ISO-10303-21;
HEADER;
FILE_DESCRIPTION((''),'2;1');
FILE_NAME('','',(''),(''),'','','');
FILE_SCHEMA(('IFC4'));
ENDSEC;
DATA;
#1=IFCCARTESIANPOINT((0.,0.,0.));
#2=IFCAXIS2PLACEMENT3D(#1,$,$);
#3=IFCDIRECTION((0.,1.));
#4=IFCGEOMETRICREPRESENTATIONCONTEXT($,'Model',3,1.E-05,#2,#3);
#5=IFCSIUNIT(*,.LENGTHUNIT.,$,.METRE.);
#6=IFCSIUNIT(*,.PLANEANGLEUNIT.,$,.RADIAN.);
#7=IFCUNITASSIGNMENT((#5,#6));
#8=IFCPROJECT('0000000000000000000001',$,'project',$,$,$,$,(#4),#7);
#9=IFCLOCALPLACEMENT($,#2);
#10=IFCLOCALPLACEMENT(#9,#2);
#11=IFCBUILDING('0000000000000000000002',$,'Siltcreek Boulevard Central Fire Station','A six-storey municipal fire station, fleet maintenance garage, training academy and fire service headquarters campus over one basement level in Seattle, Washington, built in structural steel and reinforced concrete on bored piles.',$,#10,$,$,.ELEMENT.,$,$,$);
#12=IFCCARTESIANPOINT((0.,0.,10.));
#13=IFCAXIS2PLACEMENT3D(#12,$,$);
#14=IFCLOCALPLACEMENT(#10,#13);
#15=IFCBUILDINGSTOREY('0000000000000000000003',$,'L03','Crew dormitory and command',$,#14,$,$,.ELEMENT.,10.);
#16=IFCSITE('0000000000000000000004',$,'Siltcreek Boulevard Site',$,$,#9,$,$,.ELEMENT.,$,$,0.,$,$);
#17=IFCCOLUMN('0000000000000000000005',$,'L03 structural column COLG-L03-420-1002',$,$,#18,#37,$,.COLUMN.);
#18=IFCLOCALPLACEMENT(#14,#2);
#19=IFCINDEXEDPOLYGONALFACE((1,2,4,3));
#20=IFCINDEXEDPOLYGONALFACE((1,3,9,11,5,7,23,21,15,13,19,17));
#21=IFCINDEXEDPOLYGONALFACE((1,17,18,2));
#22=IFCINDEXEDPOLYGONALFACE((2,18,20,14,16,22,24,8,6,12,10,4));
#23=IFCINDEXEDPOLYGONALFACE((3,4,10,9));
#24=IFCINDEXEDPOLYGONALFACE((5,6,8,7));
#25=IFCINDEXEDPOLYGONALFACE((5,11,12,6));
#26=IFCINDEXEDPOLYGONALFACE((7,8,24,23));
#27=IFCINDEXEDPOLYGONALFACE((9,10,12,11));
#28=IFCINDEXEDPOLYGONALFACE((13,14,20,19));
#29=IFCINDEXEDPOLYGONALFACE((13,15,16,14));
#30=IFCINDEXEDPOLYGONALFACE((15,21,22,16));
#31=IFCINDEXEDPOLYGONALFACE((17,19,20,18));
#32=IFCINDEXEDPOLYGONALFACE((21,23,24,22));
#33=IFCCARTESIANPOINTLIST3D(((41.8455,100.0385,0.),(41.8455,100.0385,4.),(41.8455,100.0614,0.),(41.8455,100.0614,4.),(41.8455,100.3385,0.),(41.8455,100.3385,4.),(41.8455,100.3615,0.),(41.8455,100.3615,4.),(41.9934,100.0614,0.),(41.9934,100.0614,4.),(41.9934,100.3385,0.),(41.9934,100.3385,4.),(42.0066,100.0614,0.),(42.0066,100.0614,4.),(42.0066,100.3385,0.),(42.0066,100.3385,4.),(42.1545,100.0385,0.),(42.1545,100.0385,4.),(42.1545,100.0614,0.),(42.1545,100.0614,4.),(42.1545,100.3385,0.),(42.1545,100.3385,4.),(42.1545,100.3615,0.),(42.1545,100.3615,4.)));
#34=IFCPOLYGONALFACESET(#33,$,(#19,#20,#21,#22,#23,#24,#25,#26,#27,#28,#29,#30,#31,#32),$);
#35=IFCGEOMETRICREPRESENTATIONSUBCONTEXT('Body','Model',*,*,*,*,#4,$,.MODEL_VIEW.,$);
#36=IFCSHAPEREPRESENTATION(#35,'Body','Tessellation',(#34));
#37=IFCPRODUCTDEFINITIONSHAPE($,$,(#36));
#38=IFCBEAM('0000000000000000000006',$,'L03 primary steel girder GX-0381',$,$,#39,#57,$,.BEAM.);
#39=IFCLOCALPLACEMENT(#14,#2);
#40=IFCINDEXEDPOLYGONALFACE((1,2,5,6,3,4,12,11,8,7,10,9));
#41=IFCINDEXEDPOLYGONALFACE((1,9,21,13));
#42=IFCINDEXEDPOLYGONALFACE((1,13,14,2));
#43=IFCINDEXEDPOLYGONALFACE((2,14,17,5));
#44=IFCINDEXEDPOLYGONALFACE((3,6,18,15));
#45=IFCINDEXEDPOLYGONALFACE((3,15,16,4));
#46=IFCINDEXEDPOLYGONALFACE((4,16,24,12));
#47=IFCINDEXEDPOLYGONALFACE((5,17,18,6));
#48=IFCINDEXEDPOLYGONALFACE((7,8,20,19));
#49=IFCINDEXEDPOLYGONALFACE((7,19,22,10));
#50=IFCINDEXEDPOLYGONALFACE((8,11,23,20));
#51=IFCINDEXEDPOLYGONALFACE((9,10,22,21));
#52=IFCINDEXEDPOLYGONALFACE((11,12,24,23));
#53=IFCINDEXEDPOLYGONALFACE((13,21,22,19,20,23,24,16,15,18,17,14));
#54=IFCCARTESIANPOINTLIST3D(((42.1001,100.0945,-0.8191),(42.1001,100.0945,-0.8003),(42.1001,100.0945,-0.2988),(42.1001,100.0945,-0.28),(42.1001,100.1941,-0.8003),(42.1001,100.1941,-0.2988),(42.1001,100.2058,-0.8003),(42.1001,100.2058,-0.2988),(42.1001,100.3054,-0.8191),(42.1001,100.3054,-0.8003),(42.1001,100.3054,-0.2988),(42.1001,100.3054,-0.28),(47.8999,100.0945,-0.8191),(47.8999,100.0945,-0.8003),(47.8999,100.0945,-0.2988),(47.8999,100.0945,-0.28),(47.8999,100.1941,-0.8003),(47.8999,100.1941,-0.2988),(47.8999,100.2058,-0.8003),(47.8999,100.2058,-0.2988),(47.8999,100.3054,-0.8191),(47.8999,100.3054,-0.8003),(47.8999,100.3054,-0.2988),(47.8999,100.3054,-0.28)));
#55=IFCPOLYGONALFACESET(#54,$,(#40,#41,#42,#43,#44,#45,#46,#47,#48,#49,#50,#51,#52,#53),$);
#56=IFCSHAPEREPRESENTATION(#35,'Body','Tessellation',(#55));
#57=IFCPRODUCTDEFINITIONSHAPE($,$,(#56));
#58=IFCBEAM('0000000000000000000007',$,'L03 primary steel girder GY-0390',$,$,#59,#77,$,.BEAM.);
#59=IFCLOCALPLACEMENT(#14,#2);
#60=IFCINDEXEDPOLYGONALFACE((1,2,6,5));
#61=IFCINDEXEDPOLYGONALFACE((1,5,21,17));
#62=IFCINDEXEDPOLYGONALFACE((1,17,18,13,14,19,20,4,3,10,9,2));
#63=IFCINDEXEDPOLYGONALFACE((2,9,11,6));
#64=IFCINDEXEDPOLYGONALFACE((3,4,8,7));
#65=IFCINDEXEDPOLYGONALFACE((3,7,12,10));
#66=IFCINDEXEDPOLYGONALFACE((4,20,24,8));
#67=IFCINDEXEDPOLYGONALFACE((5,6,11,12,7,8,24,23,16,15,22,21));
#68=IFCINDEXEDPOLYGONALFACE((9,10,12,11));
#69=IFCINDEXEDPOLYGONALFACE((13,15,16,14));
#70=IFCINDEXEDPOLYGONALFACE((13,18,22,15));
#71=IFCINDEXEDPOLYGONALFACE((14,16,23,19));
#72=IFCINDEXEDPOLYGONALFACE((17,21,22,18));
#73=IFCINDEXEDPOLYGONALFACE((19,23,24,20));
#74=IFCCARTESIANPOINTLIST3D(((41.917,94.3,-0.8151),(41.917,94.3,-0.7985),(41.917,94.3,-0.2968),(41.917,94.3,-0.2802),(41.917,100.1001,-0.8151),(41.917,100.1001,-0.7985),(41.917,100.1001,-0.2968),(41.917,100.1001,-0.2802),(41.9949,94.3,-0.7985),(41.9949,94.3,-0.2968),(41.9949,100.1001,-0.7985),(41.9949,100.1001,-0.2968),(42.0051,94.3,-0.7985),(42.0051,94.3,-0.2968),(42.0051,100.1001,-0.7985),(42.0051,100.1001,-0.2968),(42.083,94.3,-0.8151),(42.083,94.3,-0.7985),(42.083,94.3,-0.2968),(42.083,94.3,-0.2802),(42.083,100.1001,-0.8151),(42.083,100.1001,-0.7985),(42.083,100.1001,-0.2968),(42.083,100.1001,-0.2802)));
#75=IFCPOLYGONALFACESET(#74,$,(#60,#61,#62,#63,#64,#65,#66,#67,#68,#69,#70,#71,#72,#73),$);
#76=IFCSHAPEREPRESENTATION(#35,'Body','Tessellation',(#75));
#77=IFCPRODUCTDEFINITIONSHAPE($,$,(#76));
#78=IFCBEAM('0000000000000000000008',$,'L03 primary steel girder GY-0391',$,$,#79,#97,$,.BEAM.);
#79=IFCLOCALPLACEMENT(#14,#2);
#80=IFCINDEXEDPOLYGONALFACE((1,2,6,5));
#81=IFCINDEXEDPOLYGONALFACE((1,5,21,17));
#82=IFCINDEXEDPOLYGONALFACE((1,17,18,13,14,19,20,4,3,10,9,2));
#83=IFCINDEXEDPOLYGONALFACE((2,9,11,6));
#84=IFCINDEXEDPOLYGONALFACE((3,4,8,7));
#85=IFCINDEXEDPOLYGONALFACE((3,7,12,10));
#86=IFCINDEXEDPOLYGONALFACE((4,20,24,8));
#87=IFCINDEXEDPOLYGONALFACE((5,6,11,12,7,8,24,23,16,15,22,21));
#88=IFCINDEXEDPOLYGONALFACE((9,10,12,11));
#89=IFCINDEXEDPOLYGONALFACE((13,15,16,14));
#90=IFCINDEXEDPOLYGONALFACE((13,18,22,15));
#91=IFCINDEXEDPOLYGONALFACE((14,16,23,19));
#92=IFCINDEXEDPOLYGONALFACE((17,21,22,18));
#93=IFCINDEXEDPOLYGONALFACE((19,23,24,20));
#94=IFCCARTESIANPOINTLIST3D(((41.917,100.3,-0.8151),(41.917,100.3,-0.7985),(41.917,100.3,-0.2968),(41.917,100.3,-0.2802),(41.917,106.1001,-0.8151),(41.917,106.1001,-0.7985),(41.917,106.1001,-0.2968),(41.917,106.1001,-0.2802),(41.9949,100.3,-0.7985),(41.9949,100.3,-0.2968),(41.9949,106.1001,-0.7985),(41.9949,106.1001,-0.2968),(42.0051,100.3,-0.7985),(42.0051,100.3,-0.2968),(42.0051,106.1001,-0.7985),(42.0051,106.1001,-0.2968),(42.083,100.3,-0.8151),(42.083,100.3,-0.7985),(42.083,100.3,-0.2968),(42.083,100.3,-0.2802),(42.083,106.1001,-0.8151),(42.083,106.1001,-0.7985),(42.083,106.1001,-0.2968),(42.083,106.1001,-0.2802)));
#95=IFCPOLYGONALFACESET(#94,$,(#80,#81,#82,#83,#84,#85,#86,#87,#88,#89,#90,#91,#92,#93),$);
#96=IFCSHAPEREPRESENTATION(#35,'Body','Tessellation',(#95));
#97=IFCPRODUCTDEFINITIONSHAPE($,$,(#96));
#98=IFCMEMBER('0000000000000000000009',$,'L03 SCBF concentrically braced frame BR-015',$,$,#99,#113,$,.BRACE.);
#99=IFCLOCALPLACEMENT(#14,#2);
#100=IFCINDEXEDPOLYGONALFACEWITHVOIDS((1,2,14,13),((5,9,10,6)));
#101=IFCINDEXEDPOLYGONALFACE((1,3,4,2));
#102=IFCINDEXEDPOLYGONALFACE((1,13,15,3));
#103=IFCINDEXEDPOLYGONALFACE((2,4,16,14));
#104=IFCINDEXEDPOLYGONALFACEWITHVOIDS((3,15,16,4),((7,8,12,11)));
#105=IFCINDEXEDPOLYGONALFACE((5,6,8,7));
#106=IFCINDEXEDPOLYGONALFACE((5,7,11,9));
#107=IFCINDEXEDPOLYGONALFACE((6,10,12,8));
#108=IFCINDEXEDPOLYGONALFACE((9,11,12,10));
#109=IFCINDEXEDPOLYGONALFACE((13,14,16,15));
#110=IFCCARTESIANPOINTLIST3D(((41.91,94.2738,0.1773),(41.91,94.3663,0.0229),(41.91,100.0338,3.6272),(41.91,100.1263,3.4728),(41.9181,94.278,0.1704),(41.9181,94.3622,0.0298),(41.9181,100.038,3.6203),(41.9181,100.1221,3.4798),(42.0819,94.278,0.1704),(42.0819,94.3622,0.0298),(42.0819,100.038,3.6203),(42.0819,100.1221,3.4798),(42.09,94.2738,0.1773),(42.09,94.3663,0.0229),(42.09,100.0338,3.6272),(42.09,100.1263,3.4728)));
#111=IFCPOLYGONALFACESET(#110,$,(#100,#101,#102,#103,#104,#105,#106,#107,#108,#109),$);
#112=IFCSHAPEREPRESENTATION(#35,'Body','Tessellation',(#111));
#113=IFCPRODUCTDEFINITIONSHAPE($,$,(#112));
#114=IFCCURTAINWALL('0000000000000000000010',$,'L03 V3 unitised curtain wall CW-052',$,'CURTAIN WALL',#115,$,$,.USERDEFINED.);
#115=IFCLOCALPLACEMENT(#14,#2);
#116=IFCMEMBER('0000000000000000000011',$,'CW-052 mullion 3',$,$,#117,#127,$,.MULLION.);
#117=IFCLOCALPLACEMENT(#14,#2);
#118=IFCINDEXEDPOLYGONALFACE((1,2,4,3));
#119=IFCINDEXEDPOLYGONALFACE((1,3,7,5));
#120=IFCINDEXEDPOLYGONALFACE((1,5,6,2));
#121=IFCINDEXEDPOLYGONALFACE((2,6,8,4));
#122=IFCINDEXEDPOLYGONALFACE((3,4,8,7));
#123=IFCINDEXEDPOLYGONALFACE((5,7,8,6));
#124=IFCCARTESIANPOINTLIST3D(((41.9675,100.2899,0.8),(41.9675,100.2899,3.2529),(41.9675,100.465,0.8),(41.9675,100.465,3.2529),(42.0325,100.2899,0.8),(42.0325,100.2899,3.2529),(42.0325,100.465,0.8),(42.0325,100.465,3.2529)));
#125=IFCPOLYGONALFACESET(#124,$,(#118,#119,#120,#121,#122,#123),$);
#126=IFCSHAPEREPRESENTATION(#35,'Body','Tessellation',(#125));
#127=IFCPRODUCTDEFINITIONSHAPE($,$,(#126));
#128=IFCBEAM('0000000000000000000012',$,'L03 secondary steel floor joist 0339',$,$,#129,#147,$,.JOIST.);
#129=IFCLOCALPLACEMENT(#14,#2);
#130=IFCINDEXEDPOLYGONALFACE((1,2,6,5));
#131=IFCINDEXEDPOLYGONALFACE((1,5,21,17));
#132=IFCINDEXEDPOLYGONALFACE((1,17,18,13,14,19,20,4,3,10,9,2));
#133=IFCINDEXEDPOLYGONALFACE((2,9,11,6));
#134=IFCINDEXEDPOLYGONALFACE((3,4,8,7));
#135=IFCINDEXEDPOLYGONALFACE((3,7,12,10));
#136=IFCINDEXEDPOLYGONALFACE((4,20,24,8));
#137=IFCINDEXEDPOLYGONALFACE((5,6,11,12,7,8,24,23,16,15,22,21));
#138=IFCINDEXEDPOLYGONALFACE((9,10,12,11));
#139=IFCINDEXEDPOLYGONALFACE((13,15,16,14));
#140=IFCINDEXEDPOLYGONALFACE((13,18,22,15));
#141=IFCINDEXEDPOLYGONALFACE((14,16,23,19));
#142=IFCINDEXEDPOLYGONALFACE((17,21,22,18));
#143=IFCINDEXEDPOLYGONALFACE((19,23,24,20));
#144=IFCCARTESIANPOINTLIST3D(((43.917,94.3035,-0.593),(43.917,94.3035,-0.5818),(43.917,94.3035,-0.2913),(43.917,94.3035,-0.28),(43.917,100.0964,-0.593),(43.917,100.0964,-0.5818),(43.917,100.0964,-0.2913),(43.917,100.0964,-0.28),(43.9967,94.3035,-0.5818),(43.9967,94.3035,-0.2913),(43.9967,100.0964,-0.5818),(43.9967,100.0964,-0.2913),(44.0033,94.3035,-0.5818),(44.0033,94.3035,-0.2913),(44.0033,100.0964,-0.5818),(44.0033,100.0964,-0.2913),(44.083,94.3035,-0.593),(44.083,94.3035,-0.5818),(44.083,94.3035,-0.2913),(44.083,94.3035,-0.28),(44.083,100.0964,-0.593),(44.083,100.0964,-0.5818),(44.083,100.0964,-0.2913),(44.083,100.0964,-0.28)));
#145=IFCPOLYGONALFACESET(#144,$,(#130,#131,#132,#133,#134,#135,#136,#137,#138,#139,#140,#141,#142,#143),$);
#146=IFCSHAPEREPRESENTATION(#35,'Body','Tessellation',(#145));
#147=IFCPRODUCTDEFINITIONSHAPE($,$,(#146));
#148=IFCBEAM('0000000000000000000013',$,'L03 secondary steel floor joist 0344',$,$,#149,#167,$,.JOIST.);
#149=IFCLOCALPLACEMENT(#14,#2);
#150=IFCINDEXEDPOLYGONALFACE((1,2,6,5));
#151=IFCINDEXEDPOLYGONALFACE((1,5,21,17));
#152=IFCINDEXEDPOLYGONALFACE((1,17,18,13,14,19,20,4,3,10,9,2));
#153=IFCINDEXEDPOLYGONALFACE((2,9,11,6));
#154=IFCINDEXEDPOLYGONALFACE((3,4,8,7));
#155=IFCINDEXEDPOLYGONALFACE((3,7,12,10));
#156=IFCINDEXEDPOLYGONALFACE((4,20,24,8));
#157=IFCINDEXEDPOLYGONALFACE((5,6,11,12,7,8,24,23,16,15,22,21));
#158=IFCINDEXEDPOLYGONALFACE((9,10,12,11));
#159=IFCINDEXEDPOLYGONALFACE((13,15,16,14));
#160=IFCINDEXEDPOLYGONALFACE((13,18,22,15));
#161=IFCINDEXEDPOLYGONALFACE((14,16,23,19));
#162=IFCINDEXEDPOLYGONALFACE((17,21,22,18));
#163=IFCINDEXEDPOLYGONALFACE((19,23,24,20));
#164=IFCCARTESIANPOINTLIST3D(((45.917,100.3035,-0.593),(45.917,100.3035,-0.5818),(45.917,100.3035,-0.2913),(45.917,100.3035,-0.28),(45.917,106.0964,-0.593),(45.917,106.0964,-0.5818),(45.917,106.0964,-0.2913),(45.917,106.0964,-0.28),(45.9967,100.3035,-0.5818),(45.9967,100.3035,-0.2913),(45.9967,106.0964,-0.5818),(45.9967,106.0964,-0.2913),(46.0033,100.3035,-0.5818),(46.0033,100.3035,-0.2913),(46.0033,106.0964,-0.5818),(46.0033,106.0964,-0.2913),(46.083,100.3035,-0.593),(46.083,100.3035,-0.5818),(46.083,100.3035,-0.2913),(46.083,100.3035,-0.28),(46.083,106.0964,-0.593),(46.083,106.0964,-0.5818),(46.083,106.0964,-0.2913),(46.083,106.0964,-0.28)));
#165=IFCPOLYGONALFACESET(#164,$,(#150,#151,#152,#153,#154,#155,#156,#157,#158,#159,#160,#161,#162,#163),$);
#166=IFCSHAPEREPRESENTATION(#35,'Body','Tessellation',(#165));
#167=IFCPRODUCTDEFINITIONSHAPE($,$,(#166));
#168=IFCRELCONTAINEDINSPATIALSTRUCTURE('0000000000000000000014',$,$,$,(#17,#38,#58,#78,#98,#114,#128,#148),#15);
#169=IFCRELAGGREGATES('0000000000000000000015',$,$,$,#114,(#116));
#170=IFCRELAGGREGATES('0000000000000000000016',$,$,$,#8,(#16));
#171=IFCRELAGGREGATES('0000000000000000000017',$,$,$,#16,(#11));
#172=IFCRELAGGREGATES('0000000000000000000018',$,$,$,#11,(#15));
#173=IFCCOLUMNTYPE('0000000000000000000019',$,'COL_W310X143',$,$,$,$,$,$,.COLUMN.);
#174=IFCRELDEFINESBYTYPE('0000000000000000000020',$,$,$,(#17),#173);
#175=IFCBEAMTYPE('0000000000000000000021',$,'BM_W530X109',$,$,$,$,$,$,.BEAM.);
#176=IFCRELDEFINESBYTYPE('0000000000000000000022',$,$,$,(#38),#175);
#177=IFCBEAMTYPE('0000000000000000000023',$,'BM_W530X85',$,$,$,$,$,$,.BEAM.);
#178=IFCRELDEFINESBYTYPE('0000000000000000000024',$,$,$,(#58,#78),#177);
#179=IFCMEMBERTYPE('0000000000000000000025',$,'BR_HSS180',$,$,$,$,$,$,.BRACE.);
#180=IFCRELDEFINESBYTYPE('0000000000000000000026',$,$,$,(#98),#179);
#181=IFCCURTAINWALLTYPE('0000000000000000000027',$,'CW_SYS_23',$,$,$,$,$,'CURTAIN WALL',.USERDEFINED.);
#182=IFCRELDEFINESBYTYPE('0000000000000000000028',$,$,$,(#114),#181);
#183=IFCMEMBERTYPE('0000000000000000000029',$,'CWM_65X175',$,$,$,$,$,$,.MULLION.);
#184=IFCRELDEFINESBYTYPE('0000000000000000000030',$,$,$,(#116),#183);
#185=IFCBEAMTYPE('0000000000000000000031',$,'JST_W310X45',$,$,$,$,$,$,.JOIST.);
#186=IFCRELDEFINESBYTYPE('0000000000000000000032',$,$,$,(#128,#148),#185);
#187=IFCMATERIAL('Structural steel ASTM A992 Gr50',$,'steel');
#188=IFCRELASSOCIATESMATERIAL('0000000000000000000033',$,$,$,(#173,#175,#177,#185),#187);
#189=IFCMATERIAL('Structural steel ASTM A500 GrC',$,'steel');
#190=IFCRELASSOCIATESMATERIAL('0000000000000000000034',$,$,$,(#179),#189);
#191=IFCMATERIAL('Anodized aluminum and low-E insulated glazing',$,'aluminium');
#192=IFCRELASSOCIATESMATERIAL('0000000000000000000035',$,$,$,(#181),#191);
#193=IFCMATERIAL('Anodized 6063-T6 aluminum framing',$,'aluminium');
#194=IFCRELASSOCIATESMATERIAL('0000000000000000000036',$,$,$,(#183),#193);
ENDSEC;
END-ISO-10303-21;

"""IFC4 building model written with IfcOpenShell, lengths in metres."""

from ifc_helpers import new_model, si_unit, direction, frame, origin, origin_2d, place, context, subcontext, project, spatial, rectangle, hollow_rectangle, i_section, extrude, material, material_profile, profile_set, type_object, element, aggregate, save


model = new_model("IFC4")

# Units and contexts
model_context = context("Model", 3, precision=1e-05, world=origin(), true_north=direction((0.0, 1.0)))
body_context = subcontext(model_context, "Body", "Model", "MODEL_VIEW")
ifc_project = project(units=[si_unit("LENGTHUNIT", "METRE"), si_unit("PLANEANGLEUNIT", "RADIAN")], contexts=[model_context])

# Site, building, storey
site_placement = place(None, origin())
site = spatial("IfcSite", under=ifc_project, at=site_placement, Name="Siltcreek Boulevard Site", CompositionType="ELEMENT", RefElevation=0.0)
building_placement = place(site_placement, origin())
building = spatial("IfcBuilding", under=site, at=building_placement, Name="Siltcreek Boulevard Central Fire Station", Description="A six-storey municipal fire station, fleet maintenance garage, training academy and fire service headquarters campus over one basement level in Seattle, Washington, built in structural steel and reinforced concrete on bored piles.", CompositionType="ELEMENT")
storey_placement = place(building_placement, frame((0.0, 0.0, 10.0)))
storey = spatial("IfcBuildingStorey", under=building, at=storey_placement, Name="L03", Description="Crew dormitory and command", CompositionType="ELEMENT", Elevation=10.0)

# Column
ifc_material_1 = material(Name="Structural steel ASTM A992 Gr50", Category="steel")
ifc_material_profile_1 = material_profile(ifc_material_1, i_section(OverallWidth=0.3091, OverallDepth=0.323, WebThickness=0.0132, FlangeThickness=0.0229, at=origin_2d()), Name="W310X143")
ifc_profile_set_1 = profile_set([ifc_material_profile_1], Name="Structural steel ASTM A992 Gr50")
column_type = type_object("IfcColumnType", Name="COL_W310X143", PredefinedType="COLUMN", material=ifc_profile_set_1)
column_placement = place(storey_placement, frame((42.0, 100.2, 0.0), z_axis=(0.0, 0.0, 1.0), x_axis=(1.0, 0.0, 0.0)))
element("IfcColumn", 1, at=column_placement, inside=storey, type_object=column_type, Name="L03 structural column COLG-L03-420-1002", PredefinedType="COLUMN", context=body_context, shape_type="SweptSolid", body=[
    extrude(i_section(OverallWidth=0.3091, OverallDepth=0.323, WebThickness=0.0132, FlangeThickness=0.0229, at=origin_2d()), origin(), (0.0, 0.0, 1.0), 4.0),
])

# Beams
ifc_material_profile_2 = material_profile(ifc_material_1, i_section(OverallWidth=0.2109, OverallDepth=0.5391, WebThickness=0.0117, FlangeThickness=0.0188, at=origin_2d()), Name="W530X109")
ifc_profile_set_2 = profile_set([ifc_material_profile_2], Name="Structural steel ASTM A992 Gr50")
beam_type_1 = type_object("IfcBeamType", Name="BM_W530X109", PredefinedType="BEAM", material=ifc_profile_set_2)
beam_1_placement = place(storey_placement, frame((42.1001, 100.2, -0.5496), z_axis=(1.0, 0.0, 0.0), x_axis=(0.0, 1.0, 0.0)))
element("IfcBeam", 2, at=beam_1_placement, inside=storey, type_object=beam_type_1, Name="L03 primary steel girder GX-0381", PredefinedType="BEAM", context=body_context, shape_type="SweptSolid", body=[
    extrude(i_section(OverallWidth=0.2109, OverallDepth=0.5391, WebThickness=0.0117, FlangeThickness=0.0188, at=origin_2d()), origin(), (0.0, 0.0, 1.0), 5.7998),
])
ifc_material_profile_3 = material_profile(ifc_material_1, i_section(OverallWidth=0.166, OverallDepth=0.5349, WebThickness=0.0103, FlangeThickness=0.0166, at=origin_2d()), Name="W530X85")
ifc_profile_set_3 = profile_set([ifc_material_profile_3], Name="Structural steel ASTM A992 Gr50")
beam_type_2 = type_object("IfcBeamType", Name="BM_W530X85", PredefinedType="BEAM", material=ifc_profile_set_3)
for number, where, z_axis, x_axis, name in (
    (3, (42.0, 94.3, -0.5476), (0.0, 1.0, 0.0), (-1.0, 0.0, 0.0), "L03 primary steel girder GY-0390"),
    (4, (42.0, 100.3, -0.5476), (0.0, 1.0, 0.0), (-1.0, 0.0, 0.0), "L03 primary steel girder GY-0391"),
):
    element("IfcBeam", number, at=place(storey_placement, frame(where, z_axis=z_axis, x_axis=x_axis)), inside=storey, type_object=beam_type_2, Name=name, PredefinedType="BEAM", context=body_context, shape_type="SweptSolid", body=[
        extrude(i_section(OverallWidth=0.166, OverallDepth=0.5349, WebThickness=0.0103, FlangeThickness=0.0166, at=origin_2d()), origin(), (0.0, 0.0, 1.0), 5.8),
    ])

# Member
ifc_material_2 = material(Name="Structural steel ASTM A500 GrC", Category="steel")
ifc_material_profile_4 = material_profile(ifc_material_2, hollow_rectangle(XDim=0.1799, YDim=0.1799, WallThickness=0.0081, at=origin_2d()), Name="HSS180X180X8.0")
ifc_profile_set_4 = profile_set([ifc_material_profile_4], Name="Structural steel ASTM A500 GrC")
member_type_1 = type_object("IfcMemberType", Name="BR_HSS180", PredefinedType="BRACE", material=ifc_profile_set_4)
member_1_placement = place(storey_placement, frame((42.0, 94.3201, 0.1001), z_axis=(0.0, 0.857891, 0.513833), x_axis=(-1.0, 0.0, 0.0)))
element("IfcMember", 5, at=member_1_placement, inside=storey, type_object=member_type_1, Name="L03 SCBF concentrically braced frame BR-015", PredefinedType="BRACE", context=body_context, shape_type="SweptSolid", body=[
    extrude(hollow_rectangle(XDim=0.1799, YDim=0.1799, WallThickness=0.0081, at=origin_2d()), origin(), (0.0, 0.0, 1.0), 6.7141),
])

# Curtain wall, member
ifc_material_3 = material(Name="Anodized aluminum and low-E insulated glazing", Category="aluminium")
curtain_wall_type = type_object("IfcCurtainWallType", Name="CW_SYS_23", ElementType="CURTAIN WALL", PredefinedType="USERDEFINED", material=ifc_material_3)
curtain_wall_placement = place(storey_placement, origin())
curtain_wall = element("IfcCurtainWall", 6, at=curtain_wall_placement, inside=storey, type_object=curtain_wall_type, Name="L03 V3 unitised curtain wall CW-052", ObjectType="CURTAIN WALL", PredefinedType="USERDEFINED")
ifc_material_4 = material(Name="Anodized 6063-T6 aluminum framing", Category="aluminium")
ifc_material_profile_5 = material_profile(ifc_material_4, rectangle(XDim=0.0649, YDim=0.175, at=origin_2d()), Name="MULL65X175")
ifc_profile_set_5 = profile_set([ifc_material_profile_5], Name="Anodized 6063-T6 aluminum framing")
member_type_2 = type_object("IfcMemberType", Name="CWM_65X175", PredefinedType="MULLION", material=ifc_profile_set_5)
member_2_placement = place(storey_placement, frame((42.0, 100.3774, 0.8), z_axis=(0.0, 0.0, 1.0), x_axis=(1.0, 0.0, 0.0)))
member_2 = element("IfcMember", 7, at=member_2_placement, type_object=member_type_2, Name="CW-052 mullion 3", PredefinedType="MULLION", context=body_context, shape_type="SweptSolid", body=[
    extrude(rectangle(XDim=0.0649, YDim=0.175, at=origin_2d()), origin(), (0.0, 0.0, 1.0), 2.4529),
])
aggregate(curtain_wall, [member_2])

# Beams
ifc_material_profile_6 = material_profile(ifc_material_1, i_section(OverallWidth=0.166, OverallDepth=0.313, WebThickness=0.0066, FlangeThickness=0.0112, at=origin_2d()), Name="W310X45")
ifc_profile_set_6 = profile_set([ifc_material_profile_6], Name="Structural steel ASTM A992 Gr50")
beam_type_3 = type_object("IfcBeamType", Name="JST_W310X45", PredefinedType="JOIST", material=ifc_profile_set_6)
for number, where, z_axis, x_axis, name in (
    (8, (44.0, 94.3035, -0.4365), (0.0, 1.0, 0.0), (-1.0, 0.0, 0.0), "L03 secondary steel floor joist 0339"),
    (9, (46.0, 100.3035, -0.4365), (0.0, 1.0, 0.0), (-1.0, 0.0, 0.0), "L03 secondary steel floor joist 0344"),
):
    element("IfcBeam", number, at=place(storey_placement, frame(where, z_axis=z_axis, x_axis=x_axis)), inside=storey, type_object=beam_type_3, Name=name, PredefinedType="JOIST", context=body_context, shape_type="SweptSolid", body=[
        extrude(i_section(OverallWidth=0.166, OverallDepth=0.313, WebThickness=0.0066, FlangeThickness=0.0112, at=origin_2d()), origin(), (0.0, 0.0, 1.0), 5.793),
    ])

save(model, "model.ifc")
